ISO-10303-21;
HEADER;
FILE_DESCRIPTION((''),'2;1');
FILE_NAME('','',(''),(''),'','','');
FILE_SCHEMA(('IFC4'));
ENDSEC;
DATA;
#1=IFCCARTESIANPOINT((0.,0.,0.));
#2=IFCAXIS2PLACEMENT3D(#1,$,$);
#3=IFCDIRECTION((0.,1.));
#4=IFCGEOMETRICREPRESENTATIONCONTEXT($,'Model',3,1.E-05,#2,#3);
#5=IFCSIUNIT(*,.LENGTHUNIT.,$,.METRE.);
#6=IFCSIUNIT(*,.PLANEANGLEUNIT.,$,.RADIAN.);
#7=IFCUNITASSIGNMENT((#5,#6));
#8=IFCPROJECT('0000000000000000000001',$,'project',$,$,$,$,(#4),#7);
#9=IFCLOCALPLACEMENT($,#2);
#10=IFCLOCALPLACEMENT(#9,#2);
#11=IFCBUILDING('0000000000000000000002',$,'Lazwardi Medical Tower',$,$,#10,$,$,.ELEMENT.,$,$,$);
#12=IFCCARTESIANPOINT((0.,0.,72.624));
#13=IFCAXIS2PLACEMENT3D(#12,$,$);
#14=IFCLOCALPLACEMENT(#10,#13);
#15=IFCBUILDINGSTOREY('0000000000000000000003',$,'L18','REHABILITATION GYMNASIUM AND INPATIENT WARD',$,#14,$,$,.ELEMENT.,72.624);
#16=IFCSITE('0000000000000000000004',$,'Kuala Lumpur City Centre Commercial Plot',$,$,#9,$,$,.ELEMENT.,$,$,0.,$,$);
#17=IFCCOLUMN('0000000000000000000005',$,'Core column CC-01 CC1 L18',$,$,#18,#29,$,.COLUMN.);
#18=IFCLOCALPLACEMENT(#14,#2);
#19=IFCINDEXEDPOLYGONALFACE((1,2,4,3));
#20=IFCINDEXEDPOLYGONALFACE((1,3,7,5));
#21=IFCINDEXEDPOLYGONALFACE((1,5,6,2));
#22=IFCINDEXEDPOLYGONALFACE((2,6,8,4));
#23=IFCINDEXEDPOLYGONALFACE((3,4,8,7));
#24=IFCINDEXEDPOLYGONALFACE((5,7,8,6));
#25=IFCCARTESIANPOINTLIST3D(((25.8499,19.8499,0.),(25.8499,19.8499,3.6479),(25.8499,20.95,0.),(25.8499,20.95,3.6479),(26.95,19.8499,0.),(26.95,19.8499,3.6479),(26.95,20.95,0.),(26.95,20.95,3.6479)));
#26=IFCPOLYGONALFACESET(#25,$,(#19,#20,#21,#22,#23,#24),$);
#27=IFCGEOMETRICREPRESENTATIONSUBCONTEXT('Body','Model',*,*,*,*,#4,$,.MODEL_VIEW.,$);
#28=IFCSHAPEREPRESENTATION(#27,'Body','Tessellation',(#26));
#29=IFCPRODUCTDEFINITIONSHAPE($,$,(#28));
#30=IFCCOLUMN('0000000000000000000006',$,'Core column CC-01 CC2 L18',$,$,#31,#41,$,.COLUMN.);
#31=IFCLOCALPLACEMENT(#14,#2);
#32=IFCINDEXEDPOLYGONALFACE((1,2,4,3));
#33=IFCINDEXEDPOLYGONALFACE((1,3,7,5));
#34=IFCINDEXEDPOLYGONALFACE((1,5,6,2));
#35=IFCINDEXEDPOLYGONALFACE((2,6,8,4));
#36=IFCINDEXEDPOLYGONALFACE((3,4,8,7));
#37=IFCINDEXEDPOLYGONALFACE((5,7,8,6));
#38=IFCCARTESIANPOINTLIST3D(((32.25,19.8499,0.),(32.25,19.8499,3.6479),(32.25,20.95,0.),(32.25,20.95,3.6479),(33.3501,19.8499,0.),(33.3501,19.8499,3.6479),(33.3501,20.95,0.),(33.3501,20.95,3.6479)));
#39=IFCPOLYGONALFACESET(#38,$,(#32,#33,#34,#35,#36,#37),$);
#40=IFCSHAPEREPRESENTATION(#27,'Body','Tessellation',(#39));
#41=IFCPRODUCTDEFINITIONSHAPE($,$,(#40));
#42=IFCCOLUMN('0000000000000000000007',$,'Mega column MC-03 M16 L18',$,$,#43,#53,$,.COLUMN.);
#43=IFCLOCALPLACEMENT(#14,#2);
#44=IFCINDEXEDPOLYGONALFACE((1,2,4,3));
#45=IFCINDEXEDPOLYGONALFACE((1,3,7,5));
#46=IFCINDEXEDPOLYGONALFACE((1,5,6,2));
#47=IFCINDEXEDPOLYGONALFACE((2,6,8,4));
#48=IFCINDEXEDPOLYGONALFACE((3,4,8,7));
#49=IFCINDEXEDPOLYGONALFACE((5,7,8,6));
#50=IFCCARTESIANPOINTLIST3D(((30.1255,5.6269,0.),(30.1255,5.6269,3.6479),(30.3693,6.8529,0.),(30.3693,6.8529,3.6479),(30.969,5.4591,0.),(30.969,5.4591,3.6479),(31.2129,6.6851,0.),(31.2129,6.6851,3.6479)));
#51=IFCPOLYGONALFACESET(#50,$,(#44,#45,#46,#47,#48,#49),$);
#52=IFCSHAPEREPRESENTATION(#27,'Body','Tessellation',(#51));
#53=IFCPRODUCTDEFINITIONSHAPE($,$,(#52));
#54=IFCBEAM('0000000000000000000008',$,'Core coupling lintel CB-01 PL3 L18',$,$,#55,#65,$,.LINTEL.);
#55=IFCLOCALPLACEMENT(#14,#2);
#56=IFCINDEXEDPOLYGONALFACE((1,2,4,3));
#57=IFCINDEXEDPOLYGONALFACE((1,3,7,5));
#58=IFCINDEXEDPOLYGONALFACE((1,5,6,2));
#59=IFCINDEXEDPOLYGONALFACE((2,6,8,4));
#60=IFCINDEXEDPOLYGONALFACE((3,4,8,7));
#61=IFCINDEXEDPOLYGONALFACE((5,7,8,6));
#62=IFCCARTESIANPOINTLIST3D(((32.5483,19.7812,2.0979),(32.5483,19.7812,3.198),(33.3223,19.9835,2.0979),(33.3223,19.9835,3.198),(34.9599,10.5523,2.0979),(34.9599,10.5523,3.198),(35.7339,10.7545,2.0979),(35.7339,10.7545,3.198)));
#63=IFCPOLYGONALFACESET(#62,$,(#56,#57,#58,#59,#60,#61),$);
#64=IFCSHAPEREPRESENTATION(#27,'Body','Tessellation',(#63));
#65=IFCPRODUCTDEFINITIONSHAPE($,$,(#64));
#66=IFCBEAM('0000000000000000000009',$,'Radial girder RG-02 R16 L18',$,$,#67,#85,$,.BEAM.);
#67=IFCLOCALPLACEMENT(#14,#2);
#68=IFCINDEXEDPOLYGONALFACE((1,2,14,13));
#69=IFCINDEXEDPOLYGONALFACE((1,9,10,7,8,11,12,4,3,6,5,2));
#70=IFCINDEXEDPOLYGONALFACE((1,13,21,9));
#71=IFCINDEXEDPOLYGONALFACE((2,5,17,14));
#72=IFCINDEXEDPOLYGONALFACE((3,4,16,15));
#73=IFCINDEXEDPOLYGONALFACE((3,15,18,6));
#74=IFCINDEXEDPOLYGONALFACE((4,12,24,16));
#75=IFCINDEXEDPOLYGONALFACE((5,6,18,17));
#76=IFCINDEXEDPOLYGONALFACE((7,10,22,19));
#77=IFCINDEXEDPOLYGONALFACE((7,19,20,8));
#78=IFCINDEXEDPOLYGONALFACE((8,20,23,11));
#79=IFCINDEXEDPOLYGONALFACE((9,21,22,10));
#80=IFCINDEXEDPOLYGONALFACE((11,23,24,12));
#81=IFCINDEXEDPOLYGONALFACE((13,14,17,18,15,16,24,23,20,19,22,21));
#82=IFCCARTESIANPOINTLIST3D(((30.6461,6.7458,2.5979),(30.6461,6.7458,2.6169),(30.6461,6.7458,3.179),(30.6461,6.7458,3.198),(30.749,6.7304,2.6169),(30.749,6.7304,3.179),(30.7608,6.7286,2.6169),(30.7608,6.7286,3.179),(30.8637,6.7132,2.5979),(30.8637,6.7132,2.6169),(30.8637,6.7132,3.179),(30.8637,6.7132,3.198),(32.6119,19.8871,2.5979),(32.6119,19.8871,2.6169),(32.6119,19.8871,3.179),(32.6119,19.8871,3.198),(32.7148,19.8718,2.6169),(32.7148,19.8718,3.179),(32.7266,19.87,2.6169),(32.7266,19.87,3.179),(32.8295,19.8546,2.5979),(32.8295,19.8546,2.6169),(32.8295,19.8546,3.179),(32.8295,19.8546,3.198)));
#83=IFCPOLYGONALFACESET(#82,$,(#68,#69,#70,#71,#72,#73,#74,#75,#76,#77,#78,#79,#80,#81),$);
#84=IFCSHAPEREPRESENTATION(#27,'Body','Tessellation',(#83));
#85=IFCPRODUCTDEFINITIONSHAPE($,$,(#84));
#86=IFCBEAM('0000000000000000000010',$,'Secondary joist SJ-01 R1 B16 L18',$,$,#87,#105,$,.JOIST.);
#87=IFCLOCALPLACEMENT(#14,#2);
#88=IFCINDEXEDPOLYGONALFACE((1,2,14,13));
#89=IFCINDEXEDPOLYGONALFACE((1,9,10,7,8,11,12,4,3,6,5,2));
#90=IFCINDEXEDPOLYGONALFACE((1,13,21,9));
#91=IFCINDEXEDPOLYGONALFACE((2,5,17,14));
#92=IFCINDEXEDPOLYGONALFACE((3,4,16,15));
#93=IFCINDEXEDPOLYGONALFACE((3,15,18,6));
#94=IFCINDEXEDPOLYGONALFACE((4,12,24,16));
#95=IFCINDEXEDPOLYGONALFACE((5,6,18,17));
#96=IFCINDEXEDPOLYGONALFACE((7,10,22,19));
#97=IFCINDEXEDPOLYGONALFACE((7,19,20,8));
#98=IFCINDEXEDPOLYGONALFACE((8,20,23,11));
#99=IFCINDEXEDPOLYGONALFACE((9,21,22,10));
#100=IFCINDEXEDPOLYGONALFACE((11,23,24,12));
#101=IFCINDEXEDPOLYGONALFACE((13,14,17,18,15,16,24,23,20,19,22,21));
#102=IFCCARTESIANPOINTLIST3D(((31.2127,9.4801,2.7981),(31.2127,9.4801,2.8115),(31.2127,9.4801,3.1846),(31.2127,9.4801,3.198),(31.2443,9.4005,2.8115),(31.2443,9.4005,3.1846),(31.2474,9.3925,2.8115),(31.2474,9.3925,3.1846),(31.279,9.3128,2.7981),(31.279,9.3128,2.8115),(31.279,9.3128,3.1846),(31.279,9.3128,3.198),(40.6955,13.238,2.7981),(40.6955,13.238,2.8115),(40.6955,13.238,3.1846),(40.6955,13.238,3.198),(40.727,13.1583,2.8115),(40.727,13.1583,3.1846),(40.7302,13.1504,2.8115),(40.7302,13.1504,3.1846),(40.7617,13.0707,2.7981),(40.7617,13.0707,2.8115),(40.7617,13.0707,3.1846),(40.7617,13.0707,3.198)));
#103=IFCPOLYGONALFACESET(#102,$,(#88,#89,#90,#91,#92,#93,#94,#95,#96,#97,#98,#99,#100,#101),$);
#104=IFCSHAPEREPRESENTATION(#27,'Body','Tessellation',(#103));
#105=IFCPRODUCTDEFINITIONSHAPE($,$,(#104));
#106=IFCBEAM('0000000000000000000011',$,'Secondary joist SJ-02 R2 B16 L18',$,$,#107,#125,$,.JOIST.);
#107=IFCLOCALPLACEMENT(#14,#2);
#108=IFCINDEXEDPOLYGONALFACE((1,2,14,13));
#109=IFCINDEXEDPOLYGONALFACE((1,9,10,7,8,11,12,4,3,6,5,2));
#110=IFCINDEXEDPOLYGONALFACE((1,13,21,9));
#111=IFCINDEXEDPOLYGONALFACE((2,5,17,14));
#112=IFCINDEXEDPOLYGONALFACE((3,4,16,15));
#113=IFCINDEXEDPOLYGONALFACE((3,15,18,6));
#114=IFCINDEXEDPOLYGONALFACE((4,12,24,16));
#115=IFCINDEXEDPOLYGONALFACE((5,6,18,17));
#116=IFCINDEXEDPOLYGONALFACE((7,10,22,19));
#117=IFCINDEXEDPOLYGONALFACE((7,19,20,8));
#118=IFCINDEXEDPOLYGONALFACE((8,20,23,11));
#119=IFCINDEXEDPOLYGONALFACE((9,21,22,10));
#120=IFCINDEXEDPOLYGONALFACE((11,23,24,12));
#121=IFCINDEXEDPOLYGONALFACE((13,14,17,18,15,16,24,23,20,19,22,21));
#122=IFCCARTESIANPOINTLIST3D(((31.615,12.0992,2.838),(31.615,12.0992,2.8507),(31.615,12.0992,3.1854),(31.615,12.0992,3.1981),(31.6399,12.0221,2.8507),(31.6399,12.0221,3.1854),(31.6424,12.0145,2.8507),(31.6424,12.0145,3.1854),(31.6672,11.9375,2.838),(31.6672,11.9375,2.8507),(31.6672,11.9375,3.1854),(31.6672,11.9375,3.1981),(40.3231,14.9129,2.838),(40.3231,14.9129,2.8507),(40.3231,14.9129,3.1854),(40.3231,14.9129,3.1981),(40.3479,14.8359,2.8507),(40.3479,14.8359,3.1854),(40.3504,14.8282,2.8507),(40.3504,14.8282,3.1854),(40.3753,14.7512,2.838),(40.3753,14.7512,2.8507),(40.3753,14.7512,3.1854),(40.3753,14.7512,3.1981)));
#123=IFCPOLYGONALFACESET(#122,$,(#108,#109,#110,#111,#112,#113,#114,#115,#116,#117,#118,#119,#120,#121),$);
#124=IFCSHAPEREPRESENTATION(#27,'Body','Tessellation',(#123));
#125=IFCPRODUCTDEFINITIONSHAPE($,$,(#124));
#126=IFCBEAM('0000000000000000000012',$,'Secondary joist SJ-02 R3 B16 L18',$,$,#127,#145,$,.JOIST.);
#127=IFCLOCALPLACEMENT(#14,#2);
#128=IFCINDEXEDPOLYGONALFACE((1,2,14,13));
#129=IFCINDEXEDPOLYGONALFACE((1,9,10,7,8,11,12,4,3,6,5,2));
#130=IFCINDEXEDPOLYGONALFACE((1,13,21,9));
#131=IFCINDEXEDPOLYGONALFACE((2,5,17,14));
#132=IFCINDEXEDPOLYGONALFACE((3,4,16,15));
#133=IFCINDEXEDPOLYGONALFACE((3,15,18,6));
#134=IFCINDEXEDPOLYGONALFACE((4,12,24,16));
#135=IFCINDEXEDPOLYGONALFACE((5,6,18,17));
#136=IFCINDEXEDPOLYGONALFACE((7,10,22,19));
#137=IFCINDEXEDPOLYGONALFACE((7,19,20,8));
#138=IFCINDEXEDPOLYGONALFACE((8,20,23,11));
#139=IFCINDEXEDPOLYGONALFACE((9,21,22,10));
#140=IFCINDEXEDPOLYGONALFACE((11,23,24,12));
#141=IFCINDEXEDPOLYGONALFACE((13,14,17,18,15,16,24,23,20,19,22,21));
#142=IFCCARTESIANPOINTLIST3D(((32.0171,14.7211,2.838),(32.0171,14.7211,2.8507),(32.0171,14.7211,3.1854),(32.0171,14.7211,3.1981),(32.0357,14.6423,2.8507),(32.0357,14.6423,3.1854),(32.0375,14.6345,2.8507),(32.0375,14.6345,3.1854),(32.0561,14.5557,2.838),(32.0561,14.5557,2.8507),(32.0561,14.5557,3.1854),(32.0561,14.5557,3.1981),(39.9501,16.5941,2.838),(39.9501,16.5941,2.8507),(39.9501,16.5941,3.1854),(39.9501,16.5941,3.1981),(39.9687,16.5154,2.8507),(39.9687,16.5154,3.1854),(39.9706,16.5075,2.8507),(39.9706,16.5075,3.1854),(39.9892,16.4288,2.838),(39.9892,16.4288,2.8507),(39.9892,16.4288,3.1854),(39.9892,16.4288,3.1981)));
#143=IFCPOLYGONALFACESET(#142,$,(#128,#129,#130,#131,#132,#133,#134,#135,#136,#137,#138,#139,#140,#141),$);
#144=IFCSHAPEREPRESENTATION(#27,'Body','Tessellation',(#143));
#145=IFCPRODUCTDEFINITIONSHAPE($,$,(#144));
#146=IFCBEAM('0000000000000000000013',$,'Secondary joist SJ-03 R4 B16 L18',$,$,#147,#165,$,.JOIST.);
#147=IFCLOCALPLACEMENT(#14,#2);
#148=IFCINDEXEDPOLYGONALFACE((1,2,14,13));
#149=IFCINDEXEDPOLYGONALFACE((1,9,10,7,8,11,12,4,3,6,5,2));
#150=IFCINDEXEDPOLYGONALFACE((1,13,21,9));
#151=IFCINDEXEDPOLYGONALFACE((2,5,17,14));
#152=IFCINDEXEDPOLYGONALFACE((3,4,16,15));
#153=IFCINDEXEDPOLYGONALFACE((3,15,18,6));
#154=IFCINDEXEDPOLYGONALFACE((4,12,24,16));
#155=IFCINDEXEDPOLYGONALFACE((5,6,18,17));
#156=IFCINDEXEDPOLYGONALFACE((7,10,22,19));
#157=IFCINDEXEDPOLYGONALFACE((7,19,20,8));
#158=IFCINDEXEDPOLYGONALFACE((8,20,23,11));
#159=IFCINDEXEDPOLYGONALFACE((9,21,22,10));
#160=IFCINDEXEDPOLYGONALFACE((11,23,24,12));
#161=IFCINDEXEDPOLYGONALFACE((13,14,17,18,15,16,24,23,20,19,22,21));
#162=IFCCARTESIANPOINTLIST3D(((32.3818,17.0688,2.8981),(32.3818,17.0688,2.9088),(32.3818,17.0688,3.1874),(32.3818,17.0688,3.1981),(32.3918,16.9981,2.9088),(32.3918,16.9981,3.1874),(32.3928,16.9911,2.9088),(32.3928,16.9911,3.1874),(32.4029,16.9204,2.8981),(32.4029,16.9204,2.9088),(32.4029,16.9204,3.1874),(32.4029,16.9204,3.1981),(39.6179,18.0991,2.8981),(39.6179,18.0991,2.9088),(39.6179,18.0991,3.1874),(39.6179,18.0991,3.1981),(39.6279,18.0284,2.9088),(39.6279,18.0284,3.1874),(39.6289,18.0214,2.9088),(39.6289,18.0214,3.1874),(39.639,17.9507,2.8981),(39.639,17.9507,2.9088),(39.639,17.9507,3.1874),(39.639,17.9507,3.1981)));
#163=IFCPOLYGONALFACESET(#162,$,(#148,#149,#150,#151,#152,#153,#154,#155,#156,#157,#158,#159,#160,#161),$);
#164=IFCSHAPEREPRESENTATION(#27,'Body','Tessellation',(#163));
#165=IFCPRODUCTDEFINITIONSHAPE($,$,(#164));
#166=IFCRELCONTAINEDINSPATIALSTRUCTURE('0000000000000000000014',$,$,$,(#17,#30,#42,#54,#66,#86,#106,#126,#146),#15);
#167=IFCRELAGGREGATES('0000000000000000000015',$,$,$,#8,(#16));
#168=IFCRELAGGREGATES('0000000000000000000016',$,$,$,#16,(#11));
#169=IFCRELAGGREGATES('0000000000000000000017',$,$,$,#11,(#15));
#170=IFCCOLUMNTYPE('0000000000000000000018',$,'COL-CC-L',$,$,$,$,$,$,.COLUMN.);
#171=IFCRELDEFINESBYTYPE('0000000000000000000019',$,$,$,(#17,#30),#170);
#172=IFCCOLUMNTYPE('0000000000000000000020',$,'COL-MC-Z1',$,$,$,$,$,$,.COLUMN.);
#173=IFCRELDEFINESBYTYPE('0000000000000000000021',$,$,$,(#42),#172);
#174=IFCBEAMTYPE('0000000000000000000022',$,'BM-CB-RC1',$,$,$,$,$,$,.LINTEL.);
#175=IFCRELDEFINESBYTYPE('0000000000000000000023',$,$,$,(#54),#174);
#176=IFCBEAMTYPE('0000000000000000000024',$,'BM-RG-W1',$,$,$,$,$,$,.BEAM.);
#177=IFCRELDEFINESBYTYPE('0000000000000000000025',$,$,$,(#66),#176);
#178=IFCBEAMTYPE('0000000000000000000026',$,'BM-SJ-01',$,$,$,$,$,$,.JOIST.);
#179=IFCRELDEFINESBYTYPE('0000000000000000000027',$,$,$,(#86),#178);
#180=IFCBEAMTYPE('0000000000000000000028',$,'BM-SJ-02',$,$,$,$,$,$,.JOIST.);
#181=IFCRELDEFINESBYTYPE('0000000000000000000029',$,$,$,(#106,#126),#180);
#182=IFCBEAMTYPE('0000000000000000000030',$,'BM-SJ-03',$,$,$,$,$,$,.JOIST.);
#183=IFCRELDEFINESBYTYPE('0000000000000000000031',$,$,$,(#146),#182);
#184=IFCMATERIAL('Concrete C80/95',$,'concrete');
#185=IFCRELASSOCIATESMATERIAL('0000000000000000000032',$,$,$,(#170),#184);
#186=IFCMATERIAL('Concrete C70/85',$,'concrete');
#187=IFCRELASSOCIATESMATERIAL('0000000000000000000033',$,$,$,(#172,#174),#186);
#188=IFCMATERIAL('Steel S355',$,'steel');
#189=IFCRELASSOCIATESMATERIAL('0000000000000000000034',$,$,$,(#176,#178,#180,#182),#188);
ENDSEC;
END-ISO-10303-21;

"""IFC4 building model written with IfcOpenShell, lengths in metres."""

from ifc_helpers import new_model, si_unit, direction, frame, origin, origin_2d, place, context, subcontext, project, spatial, rectangle, i_section, extrude, material, material_profile, profile_set, type_object, element, save


model = new_model("IFC4")

# Units and contexts
model_context = context("Model", 3, precision=1e-05, world=origin(), true_north=direction((0.0, 1.0)))
body_context = subcontext(model_context, "Body", "Model", "MODEL_VIEW")
ifc_project = project(units=[si_unit("LENGTHUNIT", "METRE"), si_unit("PLANEANGLEUNIT", "RADIAN")], contexts=[model_context])

# Site, building, storey
site_placement = place(None, origin())
site = spatial("IfcSite", under=ifc_project, at=site_placement, Name="Kuala Lumpur City Centre Commercial Plot", CompositionType="ELEMENT", RefElevation=0.0)
building_placement = place(site_placement, origin())
building = spatial("IfcBuilding", under=site, at=building_placement, Name="Lazwardi Medical Tower", CompositionType="ELEMENT")
storey_placement = place(building_placement, frame((0.0, 0.0, 72.624)))
storey = spatial("IfcBuildingStorey", under=building, at=storey_placement, Name="L18", Description="REHABILITATION GYMNASIUM AND INPATIENT WARD", CompositionType="ELEMENT", Elevation=72.624)

# Columns
ifc_material_1 = material(Name="Concrete C80/95", Category="concrete")
ifc_material_profile_1 = material_profile(ifc_material_1, rectangle(XDim=1.1001, YDim=1.1001, at=origin_2d()), Name="RC 1100x1100")
ifc_profile_set_1 = profile_set([ifc_material_profile_1], Name="Concrete C80/95")
column_type_1 = type_object("IfcColumnType", Name="COL-CC-L", PredefinedType="COLUMN", material=ifc_profile_set_1)
for number, where, z_axis, x_axis, name in (
    (1, (26.3999, 20.3999, 0.0), (0.0, 0.0, 1.0), (1.0, 0.0, 0.0), "Core column CC-01 CC1 L18"),
    (2, (32.8, 20.3999, 0.0), (0.0, 0.0, 1.0), (1.0, 0.0, 0.0), "Core column CC-01 CC2 L18"),
):
    element("IfcColumn", number, at=place(storey_placement, frame(where, z_axis=z_axis, x_axis=x_axis)), inside=storey, type_object=column_type_1, Name=name, PredefinedType="COLUMN", context=body_context, shape_type="SweptSolid", body=[
        extrude(rectangle(XDim=1.1001, YDim=1.1001, at=origin_2d()), origin(), (0.0, 0.0, 1.0), 3.6479),
    ])
ifc_material_2 = material(Name="Concrete C70/85", Category="concrete")
ifc_material_profile_2 = material_profile(ifc_material_2, rectangle(XDim=1.25, YDim=0.8601, at=origin_2d()), Name="CFT-RECT 1250x860")
ifc_profile_set_2 = profile_set([ifc_material_profile_2], Name="Concrete C70/85")
column_type_2 = type_object("IfcColumnType", Name="COL-MC-Z1", PredefinedType="COLUMN", material=ifc_profile_set_2)
column_placement = place(storey_placement, frame((30.6692, 6.156, 0.0), z_axis=(0.0, 0.0, 1.0), x_axis=(-0.19509, -0.980785, 0.0)))
element("IfcColumn", 3, at=column_placement, inside=storey, type_object=column_type_2, Name="Mega column MC-03 M16 L18", PredefinedType="COLUMN", context=body_context, shape_type="SweptSolid", body=[
    extrude(rectangle(XDim=1.25, YDim=0.8601, at=origin_2d()), origin(), (0.0, 0.0, 1.0), 3.6479),
])

# Beams
ifc_material_profile_3 = material_profile(ifc_material_2, rectangle(XDim=0.8, YDim=1.1001, at=origin_2d()), Name="RC 800x1100")
ifc_profile_set_3 = profile_set([ifc_material_profile_3], Name="Concrete C70/85")
beam_type_1 = type_object("IfcBeamType", Name="BM-CB-RC1", PredefinedType="LINTEL", material=ifc_profile_set_3)
beam_1_placement = place(storey_placement, frame((32.9353, 19.8823, 2.6479), z_axis=(0.25282, -0.967513, 0.0), x_axis=(0.967513, 0.25282, 0.0)))
element("IfcBeam", 4, at=beam_1_placement, inside=storey, type_object=beam_type_1, Name="Core coupling lintel CB-01 PL3 L18", PredefinedType="LINTEL", context=body_context, shape_type="SweptSolid", body=[
    extrude(rectangle(XDim=0.8, YDim=1.1001, at=origin_2d()), origin(), (0.0, 0.0, 1.0), 9.5388),
])
ifc_material_3 = material(Name="Steel S355", Category="steel")
ifc_material_profile_4 = material_profile(ifc_material_3, i_section(OverallWidth=0.22, OverallDepth=0.6001, WebThickness=0.012, FlangeThickness=0.019, at=origin_2d()), Name="IPE 600")
ifc_profile_set_4 = profile_set([ifc_material_profile_4], Name="Steel S355")
beam_type_2 = type_object("IfcBeamType", Name="BM-RG-W1", PredefinedType="BEAM", material=ifc_profile_set_4)
beam_2_placement = place(storey_placement, frame((30.7549, 6.7295, 2.8979), z_axis=(0.147944, 0.988996, 0.0), x_axis=(-0.988996, 0.147944, 0.0)))
element("IfcBeam", 5, at=beam_2_placement, inside=storey, type_object=beam_type_2, Name="Radial girder RG-02 R16 L18", PredefinedType="BEAM", context=body_context, shape_type="SweptSolid", body=[
    extrude(i_section(OverallWidth=0.22, OverallDepth=0.6001, WebThickness=0.012, FlangeThickness=0.019, at=origin_2d()), origin(), (0.0, 0.0, 1.0), 13.2876),
])
ifc_material_profile_5 = material_profile(ifc_material_3, i_section(OverallWidth=0.1799, OverallDepth=0.3999, WebThickness=0.0085, FlangeThickness=0.0134, at=origin_2d()), Name="IPE 400")
ifc_profile_set_5 = profile_set([ifc_material_profile_5], Name="Steel S355")
beam_type_3 = type_object("IfcBeamType", Name="BM-SJ-01", PredefinedType="JOIST", material=ifc_profile_set_5)
beam_3_placement = place(storey_placement, frame((31.2458, 9.3965, 2.998), z_axis=(0.929664, 0.368409, 0.0), x_axis=(-0.368409, 0.929664, 0.0)))
element("IfcBeam", 6, at=beam_3_placement, inside=storey, type_object=beam_type_3, Name="Secondary joist SJ-01 R1 B16 L18", PredefinedType="JOIST", context=body_context, shape_type="SweptSolid", body=[
    extrude(i_section(OverallWidth=0.1799, OverallDepth=0.3999, WebThickness=0.0085, FlangeThickness=0.0134, at=origin_2d()), origin(), (0.0, 0.0, 1.0), 10.2002),
])
ifc_material_profile_6 = material_profile(ifc_material_3, i_section(OverallWidth=0.1699, OverallDepth=0.3601, WebThickness=0.0081, FlangeThickness=0.0127, at=origin_2d()), Name="IPE 360")
ifc_profile_set_6 = profile_set([ifc_material_profile_6], Name="Steel S355")
beam_type_4 = type_object("IfcBeamType", Name="BM-SJ-02", PredefinedType="JOIST", material=ifc_profile_set_6)
beam_4_placement = place(storey_placement, frame((31.6411, 12.0183, 3.0181), z_axis=(0.951559, 0.307467, 0.0), x_axis=(-0.307467, 0.951559, 0.0)))
element("IfcBeam", 7, at=beam_4_placement, inside=storey, type_object=beam_type_4, Name="Secondary joist SJ-02 R2 B16 L18", PredefinedType="JOIST", context=body_context, shape_type="SweptSolid", body=[
    extrude(i_section(OverallWidth=0.1699, OverallDepth=0.3601, WebThickness=0.0081, FlangeThickness=0.0127, at=origin_2d()), origin(), (0.0, 0.0, 1.0), 9.1514),
])
beam_5_placement = place(storey_placement, frame((32.0366, 14.6384, 3.0181), z_axis=(0.973241, 0.229787, 0.0), x_axis=(-0.229787, 0.973241, 0.0)))
element("IfcBeam", 8, at=beam_5_placement, inside=storey, type_object=beam_type_4, Name="Secondary joist SJ-02 R3 B16 L18", PredefinedType="JOIST", context=body_context, shape_type="SweptSolid", body=[
    extrude(i_section(OverallWidth=0.1699, OverallDepth=0.3601, WebThickness=0.0081, FlangeThickness=0.0127, at=origin_2d()), origin(), (0.0, 0.0, 1.0), 8.1511),
])
ifc_material_profile_7 = material_profile(ifc_material_3, i_section(OverallWidth=0.1499, OverallDepth=0.3, WebThickness=0.0071, FlangeThickness=0.0107, at=origin_2d()), Name="IPE 300")
ifc_profile_set_7 = profile_set([ifc_material_profile_7], Name="Steel S355")
beam_type_5 = type_object("IfcBeamType", Name="BM-SJ-03", PredefinedType="JOIST", material=ifc_profile_set_7)
beam_6_placement = place(storey_placement, frame((32.3923, 16.9946, 3.0481), z_axis=(0.990016, 0.140958, 0.0), x_axis=(-0.140958, 0.990016, 0.0)))
element("IfcBeam", 9, at=beam_6_placement, inside=storey, type_object=beam_type_5, Name="Secondary joist SJ-03 R4 B16 L18", PredefinedType="JOIST", context=body_context, shape_type="SweptSolid", body=[
    extrude(i_section(OverallWidth=0.1499, OverallDepth=0.3, WebThickness=0.0071, FlangeThickness=0.0107, at=origin_2d()), origin(), (0.0, 0.0, 1.0), 7.3091),
])

save(model, "model.ifc")
